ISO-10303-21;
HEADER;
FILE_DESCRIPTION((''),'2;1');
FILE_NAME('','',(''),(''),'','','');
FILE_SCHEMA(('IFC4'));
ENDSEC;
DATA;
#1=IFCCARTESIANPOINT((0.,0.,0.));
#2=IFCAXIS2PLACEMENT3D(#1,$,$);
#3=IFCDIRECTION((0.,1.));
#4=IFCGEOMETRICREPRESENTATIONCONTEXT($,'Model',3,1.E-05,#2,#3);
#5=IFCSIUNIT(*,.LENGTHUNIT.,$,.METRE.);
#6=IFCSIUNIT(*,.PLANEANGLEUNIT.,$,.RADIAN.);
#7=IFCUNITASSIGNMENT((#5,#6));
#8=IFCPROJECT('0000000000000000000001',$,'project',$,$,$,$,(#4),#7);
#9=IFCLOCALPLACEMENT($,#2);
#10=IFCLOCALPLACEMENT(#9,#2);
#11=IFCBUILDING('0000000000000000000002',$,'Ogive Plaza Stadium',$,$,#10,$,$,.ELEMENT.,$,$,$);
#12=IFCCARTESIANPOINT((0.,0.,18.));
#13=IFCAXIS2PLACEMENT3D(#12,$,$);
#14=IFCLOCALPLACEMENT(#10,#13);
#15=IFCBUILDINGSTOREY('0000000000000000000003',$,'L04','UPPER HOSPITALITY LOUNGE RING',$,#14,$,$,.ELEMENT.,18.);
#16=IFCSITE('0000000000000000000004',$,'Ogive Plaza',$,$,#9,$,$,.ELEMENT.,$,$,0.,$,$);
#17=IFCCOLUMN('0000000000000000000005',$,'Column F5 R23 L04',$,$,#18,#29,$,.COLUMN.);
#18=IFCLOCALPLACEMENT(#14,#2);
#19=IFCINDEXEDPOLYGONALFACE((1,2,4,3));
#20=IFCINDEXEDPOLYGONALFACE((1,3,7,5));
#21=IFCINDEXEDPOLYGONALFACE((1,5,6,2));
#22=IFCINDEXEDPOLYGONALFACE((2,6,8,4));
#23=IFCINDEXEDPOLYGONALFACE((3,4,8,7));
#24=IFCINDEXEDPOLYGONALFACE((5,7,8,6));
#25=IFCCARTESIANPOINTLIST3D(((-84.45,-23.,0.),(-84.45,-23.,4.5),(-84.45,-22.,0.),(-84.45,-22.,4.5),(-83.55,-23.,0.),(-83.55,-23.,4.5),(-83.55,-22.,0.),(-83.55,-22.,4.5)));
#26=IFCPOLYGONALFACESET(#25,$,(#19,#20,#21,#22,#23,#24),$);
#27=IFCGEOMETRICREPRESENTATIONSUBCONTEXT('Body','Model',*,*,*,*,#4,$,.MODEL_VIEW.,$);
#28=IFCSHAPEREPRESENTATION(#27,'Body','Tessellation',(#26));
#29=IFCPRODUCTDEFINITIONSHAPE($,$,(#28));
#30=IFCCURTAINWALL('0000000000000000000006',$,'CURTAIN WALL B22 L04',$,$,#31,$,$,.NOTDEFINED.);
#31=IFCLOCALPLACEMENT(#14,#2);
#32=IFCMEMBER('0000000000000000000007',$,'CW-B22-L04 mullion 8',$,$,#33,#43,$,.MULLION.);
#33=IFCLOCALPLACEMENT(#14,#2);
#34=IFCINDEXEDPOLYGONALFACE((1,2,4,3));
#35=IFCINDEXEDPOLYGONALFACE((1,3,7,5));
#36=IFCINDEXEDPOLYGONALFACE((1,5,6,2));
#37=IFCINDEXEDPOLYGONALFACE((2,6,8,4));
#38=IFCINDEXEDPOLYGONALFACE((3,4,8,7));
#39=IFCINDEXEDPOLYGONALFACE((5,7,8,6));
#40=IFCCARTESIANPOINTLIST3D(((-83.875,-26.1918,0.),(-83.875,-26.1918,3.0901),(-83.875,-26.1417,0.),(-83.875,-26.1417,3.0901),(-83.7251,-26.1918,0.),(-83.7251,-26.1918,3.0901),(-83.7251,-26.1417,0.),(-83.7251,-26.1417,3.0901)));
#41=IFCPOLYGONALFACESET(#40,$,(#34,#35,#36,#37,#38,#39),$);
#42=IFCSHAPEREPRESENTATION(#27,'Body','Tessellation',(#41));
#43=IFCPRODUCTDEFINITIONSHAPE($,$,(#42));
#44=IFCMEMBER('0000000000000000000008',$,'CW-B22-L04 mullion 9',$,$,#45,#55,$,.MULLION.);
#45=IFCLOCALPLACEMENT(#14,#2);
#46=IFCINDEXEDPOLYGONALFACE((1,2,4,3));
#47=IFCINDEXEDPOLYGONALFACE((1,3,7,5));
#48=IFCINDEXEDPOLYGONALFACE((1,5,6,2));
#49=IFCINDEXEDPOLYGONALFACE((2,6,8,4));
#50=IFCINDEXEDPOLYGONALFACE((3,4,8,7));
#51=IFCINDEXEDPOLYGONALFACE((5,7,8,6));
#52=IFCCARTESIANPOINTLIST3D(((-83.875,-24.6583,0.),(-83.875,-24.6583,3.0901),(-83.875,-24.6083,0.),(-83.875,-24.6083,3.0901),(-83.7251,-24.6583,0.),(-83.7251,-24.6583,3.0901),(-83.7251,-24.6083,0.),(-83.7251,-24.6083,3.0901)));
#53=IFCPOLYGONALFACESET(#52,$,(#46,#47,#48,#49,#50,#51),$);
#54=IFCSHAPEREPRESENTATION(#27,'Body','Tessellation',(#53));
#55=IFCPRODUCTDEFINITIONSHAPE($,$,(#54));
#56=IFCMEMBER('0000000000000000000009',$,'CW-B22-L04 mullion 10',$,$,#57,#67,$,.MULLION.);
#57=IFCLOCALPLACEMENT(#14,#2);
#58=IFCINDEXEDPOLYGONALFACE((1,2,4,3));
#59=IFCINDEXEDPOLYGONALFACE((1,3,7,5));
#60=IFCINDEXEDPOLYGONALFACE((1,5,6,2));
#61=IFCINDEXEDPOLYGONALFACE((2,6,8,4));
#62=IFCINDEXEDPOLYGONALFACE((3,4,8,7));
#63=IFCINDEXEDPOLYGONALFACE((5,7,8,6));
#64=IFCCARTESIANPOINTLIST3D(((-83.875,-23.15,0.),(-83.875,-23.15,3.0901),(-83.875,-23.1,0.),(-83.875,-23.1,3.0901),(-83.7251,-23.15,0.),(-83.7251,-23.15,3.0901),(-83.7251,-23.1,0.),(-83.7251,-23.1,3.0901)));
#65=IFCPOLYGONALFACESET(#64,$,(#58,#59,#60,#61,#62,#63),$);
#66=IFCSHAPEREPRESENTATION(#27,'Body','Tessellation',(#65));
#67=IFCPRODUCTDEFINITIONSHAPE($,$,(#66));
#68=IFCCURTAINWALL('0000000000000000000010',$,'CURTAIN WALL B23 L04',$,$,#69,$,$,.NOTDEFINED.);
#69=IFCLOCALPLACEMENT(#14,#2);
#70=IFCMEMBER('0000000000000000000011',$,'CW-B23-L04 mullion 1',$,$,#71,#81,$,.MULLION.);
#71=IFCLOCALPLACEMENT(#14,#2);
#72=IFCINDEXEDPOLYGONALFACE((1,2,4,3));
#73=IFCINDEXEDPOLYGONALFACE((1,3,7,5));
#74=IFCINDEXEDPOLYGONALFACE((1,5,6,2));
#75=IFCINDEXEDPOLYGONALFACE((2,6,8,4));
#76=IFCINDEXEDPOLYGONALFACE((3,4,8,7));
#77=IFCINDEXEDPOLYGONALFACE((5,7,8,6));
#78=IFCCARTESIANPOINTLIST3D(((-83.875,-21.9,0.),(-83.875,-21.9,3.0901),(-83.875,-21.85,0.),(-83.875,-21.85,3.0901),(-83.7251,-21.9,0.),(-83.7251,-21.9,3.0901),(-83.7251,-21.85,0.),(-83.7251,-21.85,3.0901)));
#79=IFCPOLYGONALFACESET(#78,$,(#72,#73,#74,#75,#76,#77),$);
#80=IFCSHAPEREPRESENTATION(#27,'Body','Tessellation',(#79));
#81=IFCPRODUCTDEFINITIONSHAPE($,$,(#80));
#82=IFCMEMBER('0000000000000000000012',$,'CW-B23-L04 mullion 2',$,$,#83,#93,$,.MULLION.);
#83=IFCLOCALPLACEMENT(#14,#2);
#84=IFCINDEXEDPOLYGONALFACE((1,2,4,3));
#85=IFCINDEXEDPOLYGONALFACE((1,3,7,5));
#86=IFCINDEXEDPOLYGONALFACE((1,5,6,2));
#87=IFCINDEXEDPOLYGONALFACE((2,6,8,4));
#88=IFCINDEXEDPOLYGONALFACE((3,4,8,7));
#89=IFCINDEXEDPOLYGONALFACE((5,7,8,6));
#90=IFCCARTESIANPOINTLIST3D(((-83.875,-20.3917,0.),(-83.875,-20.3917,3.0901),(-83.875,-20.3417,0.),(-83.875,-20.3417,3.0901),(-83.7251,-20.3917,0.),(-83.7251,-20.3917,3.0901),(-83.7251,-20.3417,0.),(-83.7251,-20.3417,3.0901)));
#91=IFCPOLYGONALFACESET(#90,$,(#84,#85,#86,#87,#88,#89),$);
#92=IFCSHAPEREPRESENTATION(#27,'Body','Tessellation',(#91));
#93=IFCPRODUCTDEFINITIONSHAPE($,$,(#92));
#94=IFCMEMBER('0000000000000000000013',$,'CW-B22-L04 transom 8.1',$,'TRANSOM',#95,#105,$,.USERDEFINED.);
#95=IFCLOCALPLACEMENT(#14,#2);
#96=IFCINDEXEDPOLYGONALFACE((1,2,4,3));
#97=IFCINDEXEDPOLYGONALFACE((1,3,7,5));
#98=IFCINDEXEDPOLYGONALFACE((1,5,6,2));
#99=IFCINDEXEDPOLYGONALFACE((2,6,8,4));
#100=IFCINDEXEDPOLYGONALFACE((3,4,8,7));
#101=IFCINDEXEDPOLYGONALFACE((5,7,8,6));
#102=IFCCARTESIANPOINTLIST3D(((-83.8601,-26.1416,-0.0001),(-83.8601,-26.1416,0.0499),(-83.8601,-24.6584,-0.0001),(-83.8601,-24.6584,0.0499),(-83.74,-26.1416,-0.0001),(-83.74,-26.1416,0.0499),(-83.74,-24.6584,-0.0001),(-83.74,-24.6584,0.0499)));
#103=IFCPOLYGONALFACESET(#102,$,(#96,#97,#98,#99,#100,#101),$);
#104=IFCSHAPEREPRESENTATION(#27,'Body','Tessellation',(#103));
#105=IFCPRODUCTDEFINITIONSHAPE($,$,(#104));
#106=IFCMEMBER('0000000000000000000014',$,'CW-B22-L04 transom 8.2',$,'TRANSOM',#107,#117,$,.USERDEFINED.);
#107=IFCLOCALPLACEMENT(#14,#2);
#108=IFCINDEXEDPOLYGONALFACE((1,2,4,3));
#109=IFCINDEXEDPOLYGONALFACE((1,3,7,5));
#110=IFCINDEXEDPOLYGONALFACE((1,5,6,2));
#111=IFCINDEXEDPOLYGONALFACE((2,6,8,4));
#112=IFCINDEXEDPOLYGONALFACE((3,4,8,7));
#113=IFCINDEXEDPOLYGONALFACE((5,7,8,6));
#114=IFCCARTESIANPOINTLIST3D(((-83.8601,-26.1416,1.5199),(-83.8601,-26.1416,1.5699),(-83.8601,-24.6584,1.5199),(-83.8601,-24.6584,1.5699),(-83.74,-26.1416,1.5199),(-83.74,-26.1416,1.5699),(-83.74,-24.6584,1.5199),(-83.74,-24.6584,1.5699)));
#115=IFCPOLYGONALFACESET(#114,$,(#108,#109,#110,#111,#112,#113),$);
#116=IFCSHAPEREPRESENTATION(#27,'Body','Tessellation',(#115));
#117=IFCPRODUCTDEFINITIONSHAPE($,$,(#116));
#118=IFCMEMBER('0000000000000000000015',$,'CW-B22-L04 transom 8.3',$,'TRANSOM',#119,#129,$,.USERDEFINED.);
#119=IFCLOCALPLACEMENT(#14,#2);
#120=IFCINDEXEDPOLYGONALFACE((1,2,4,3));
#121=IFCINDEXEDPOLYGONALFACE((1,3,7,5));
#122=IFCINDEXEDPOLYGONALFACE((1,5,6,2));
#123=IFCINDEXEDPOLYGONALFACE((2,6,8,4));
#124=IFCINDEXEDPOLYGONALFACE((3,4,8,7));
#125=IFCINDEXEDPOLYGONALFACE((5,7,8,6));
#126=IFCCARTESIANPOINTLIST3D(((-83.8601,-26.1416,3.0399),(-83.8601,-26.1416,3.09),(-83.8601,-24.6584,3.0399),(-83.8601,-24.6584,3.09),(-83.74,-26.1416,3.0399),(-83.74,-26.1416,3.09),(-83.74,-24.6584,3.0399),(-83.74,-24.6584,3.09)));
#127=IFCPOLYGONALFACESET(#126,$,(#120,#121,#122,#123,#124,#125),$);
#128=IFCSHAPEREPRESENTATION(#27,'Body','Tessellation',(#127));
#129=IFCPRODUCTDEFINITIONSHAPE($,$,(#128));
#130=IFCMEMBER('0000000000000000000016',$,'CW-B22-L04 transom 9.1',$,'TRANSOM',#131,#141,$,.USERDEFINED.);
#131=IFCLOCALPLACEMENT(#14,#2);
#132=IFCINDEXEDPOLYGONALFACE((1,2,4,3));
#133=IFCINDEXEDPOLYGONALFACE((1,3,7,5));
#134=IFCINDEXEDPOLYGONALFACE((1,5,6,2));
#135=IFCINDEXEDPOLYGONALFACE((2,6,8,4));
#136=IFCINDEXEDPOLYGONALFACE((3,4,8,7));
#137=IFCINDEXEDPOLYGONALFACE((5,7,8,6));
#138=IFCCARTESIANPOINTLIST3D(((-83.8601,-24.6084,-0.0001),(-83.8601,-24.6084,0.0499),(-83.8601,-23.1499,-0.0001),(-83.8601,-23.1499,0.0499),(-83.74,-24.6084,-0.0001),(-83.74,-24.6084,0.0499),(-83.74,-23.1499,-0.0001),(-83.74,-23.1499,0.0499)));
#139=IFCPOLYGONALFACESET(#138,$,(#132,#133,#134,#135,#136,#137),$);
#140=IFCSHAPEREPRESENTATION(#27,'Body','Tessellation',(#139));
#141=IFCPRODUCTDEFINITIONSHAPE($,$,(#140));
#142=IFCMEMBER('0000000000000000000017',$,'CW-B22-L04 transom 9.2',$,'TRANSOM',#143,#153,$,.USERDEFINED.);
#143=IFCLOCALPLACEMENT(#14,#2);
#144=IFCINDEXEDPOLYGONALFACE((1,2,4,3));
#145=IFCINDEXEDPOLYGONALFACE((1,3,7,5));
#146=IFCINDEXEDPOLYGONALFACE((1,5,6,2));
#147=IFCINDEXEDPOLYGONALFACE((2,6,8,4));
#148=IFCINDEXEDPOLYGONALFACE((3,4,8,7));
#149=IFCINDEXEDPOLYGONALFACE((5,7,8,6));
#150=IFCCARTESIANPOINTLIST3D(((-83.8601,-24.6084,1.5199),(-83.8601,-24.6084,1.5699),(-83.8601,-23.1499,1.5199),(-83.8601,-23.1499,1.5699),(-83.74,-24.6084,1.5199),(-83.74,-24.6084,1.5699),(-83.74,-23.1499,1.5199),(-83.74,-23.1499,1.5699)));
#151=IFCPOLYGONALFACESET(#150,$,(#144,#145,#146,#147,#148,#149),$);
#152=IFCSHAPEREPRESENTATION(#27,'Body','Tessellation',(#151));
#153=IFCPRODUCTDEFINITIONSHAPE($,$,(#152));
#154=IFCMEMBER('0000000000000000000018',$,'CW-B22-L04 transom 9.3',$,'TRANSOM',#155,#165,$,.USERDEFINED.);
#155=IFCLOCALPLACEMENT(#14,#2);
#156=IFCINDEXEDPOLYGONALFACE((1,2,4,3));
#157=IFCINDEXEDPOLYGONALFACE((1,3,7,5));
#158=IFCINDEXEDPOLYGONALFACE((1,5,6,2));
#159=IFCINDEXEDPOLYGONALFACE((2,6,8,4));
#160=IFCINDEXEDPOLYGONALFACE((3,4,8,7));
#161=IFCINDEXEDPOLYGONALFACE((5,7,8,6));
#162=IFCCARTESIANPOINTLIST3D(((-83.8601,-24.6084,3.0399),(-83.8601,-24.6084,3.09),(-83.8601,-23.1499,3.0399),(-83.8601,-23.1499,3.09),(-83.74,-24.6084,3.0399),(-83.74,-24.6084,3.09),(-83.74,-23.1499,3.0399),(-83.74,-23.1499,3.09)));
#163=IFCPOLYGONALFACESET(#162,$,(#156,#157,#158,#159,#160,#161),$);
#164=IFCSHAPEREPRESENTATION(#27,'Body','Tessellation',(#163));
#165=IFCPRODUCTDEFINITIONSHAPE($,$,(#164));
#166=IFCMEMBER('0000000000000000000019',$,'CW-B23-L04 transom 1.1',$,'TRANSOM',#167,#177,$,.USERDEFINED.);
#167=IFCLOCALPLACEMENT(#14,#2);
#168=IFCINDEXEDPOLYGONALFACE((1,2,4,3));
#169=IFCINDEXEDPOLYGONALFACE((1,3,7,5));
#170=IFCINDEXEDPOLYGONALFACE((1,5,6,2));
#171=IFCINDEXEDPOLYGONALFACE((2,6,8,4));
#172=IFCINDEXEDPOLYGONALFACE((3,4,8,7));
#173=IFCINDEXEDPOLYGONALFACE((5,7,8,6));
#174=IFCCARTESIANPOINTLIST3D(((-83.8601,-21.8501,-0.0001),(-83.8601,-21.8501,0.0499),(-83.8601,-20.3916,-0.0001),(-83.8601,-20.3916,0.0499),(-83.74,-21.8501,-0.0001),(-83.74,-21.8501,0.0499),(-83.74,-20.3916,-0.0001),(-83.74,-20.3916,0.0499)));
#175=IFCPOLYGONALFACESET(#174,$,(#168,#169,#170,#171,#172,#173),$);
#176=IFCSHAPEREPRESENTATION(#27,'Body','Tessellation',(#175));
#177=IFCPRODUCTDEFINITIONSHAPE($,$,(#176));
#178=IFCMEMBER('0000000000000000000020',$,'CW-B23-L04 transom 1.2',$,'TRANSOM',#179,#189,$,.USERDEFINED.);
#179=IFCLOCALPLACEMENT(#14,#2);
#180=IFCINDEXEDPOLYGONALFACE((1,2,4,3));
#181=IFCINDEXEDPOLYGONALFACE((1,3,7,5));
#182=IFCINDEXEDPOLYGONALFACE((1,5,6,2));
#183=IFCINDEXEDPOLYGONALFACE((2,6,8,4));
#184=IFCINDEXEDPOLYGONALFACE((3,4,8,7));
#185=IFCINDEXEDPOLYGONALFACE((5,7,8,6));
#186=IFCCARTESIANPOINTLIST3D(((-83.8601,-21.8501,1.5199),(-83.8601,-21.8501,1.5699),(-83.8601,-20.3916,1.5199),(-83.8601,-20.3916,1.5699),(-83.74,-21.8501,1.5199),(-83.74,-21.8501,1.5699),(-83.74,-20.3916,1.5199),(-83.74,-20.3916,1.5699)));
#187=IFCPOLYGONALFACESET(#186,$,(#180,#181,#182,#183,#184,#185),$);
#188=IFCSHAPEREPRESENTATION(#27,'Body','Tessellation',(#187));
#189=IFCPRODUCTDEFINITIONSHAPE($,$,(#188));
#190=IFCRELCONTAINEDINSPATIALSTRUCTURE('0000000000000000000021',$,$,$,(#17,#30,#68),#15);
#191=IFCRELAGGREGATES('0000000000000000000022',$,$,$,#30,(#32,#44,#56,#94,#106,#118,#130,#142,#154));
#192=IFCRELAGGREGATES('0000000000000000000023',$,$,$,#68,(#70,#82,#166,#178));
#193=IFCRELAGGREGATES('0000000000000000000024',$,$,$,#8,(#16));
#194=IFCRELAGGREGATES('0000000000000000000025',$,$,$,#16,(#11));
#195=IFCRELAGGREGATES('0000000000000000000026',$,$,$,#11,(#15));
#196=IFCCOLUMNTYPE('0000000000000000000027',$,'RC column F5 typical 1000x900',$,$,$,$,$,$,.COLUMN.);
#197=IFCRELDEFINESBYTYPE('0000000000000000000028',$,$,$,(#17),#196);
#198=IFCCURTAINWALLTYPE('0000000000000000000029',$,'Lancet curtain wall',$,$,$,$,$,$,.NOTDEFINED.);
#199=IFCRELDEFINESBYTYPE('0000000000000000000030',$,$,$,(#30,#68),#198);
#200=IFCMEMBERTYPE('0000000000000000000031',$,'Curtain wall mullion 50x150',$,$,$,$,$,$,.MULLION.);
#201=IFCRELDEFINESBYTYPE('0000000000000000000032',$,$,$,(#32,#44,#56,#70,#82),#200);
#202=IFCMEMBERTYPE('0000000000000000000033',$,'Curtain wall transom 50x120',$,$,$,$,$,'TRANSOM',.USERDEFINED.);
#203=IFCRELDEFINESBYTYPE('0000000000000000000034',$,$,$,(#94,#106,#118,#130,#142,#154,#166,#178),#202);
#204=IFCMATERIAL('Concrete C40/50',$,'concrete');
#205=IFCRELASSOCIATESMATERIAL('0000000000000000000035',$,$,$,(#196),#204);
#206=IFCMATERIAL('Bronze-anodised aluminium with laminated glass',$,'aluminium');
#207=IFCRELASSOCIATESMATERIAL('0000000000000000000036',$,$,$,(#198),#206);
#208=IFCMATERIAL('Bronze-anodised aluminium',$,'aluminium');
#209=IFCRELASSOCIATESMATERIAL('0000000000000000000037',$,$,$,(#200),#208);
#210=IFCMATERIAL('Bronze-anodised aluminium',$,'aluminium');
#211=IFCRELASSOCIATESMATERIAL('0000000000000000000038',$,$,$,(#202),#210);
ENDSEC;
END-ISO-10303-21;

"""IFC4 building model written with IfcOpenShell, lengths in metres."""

from ifc_helpers import new_model, si_unit, direction, frame, origin, origin_2d, place, context, subcontext, project, spatial, rectangle, extrude, material, material_profile, profile_set, type_object, element, aggregate, save


model = new_model("IFC4")

# Units and contexts
model_context = context("Model", 3, precision=1e-05, world=origin(), true_north=direction((0.0, 1.0)))
body_context = subcontext(model_context, "Body", "Model", "MODEL_VIEW")
ifc_project = project(units=[si_unit("LENGTHUNIT", "METRE"), si_unit("PLANEANGLEUNIT", "RADIAN")], contexts=[model_context])

# Site, building, storey
site_placement = place(None, origin())
site = spatial("IfcSite", under=ifc_project, at=site_placement, Name="Ogive Plaza", CompositionType="ELEMENT", RefElevation=0.0)
building_placement = place(site_placement, origin())
building = spatial("IfcBuilding", under=site, at=building_placement, Name="Ogive Plaza Stadium", CompositionType="ELEMENT")
storey_placement = place(building_placement, frame((0.0, 0.0, 18.0)))
storey = spatial("IfcBuildingStorey", under=building, at=storey_placement, Name="L04", Description="UPPER HOSPITALITY LOUNGE RING", CompositionType="ELEMENT", Elevation=18.0)

# Column
ifc_material_1 = material(Name="Concrete C40/50", Category="concrete")
ifc_material_profile_1 = material_profile(ifc_material_1, rectangle(XDim=1.0, YDim=0.8999, at=origin_2d()), Name="RC 1000x900")
ifc_profile_set_1 = profile_set([ifc_material_profile_1], Name="Concrete C40/50")
column_type = type_object("IfcColumnType", Name="RC column F5 typical 1000x900", PredefinedType="COLUMN", material=ifc_profile_set_1)
column_placement = place(storey_placement, frame((-84.0, -22.5, 0.0), z_axis=(0.0, 0.0, 1.0), x_axis=(0.0, -1.0, 0.0)))
element("IfcColumn", 1, at=column_placement, inside=storey, type_object=column_type, Name="Column F5 R23 L04", PredefinedType="COLUMN", context=body_context, shape_type="SweptSolid", body=[
    extrude(rectangle(XDim=1.0, YDim=0.8999, at=origin_2d()), origin(), (0.0, 0.0, 1.0), 4.5),
])

# Curtain walls, members
ifc_material_2 = material(Name="Bronze-anodised aluminium with laminated glass", Category="aluminium")
curtain_wall_type = type_object("IfcCurtainWallType", Name="Lancet curtain wall", PredefinedType="NOTDEFINED", material=ifc_material_2)
curtain_wall_1_placement = place(storey_placement, origin())
curtain_wall_1 = element("IfcCurtainWall", 2, at=curtain_wall_1_placement, inside=storey, type_object=curtain_wall_type, Name="CURTAIN WALL B22 L04", PredefinedType="NOTDEFINED")
ifc_material_3 = material(Name="Bronze-anodised aluminium", Category="aluminium")
ifc_material_profile_2 = material_profile(ifc_material_3, rectangle(XDim=0.1499, YDim=0.05, at=origin_2d()), Name="AL 150x50")
ifc_profile_set_2 = profile_set([ifc_material_profile_2], Name="Bronze-anodised aluminium")
member_type_1 = type_object("IfcMemberType", Name="Curtain wall mullion 50x150", PredefinedType="MULLION", material=ifc_profile_set_2)
member_1_placement = place(storey_placement, frame((-83.8, -26.1667, 0.0), z_axis=(0.0, 0.0, 1.0), x_axis=(-1.0, 0.0, 0.0)))
member_1 = element("IfcMember", 3, at=member_1_placement, type_object=member_type_1, Name="CW-B22-L04 mullion 8", PredefinedType="MULLION", context=body_context, shape_type="SweptSolid", body=[
    extrude(rectangle(XDim=0.1499, YDim=0.05, at=origin_2d()), origin(), (0.0, 0.0, 1.0), 3.0901),
])
member_2_placement = place(storey_placement, frame((-83.8, -24.6333, 0.0), z_axis=(0.0, 0.0, 1.0), x_axis=(-1.0, 0.0, 0.0)))
member_2 = element("IfcMember", 4, at=member_2_placement, type_object=member_type_1, Name="CW-B22-L04 mullion 9", PredefinedType="MULLION", context=body_context, shape_type="SweptSolid", body=[
    extrude(rectangle(XDim=0.1499, YDim=0.05, at=origin_2d()), origin(), (0.0, 0.0, 1.0), 3.0901),
])
member_3_placement = place(storey_placement, frame((-83.8, -23.125, 0.0), z_axis=(0.0, 0.0, 1.0), x_axis=(-1.0, 0.0, 0.0)))
member_3 = element("IfcMember", 5, at=member_3_placement, type_object=member_type_1, Name="CW-B22-L04 mullion 10", PredefinedType="MULLION", context=body_context, shape_type="SweptSolid", body=[
    extrude(rectangle(XDim=0.1499, YDim=0.05, at=origin_2d()), origin(), (0.0, 0.0, 1.0), 3.0901),
])
curtain_wall_2_placement = place(storey_placement, origin())
curtain_wall_2 = element("IfcCurtainWall", 6, at=curtain_wall_2_placement, inside=storey, type_object=curtain_wall_type, Name="CURTAIN WALL B23 L04", PredefinedType="NOTDEFINED")
member_4_placement = place(storey_placement, frame((-83.8, -21.875, 0.0), z_axis=(0.0, 0.0, 1.0), x_axis=(-1.0, 0.0, 0.0)))
member_4 = element("IfcMember", 7, at=member_4_placement, type_object=member_type_1, Name="CW-B23-L04 mullion 1", PredefinedType="MULLION", context=body_context, shape_type="SweptSolid", body=[
    extrude(rectangle(XDim=0.1499, YDim=0.05, at=origin_2d()), origin(), (0.0, 0.0, 1.0), 3.0901),
])
member_5_placement = place(storey_placement, frame((-83.8, -20.3667, 0.0), z_axis=(0.0, 0.0, 1.0), x_axis=(-1.0, 0.0, 0.0)))
member_5 = element("IfcMember", 8, at=member_5_placement, type_object=member_type_1, Name="CW-B23-L04 mullion 2", PredefinedType="MULLION", context=body_context, shape_type="SweptSolid", body=[
    extrude(rectangle(XDim=0.1499, YDim=0.05, at=origin_2d()), origin(), (0.0, 0.0, 1.0), 3.0901),
])

# Members
ifc_material_4 = material(Name="Bronze-anodised aluminium", Category="aluminium")
ifc_material_profile_3 = material_profile(ifc_material_4, rectangle(XDim=0.1201, YDim=0.05, at=origin_2d()), Name="AL 120x50")
ifc_profile_set_3 = profile_set([ifc_material_profile_3], Name="Bronze-anodised aluminium")
member_type_2 = type_object("IfcMemberType", Name="Curtain wall transom 50x120", ElementType="TRANSOM", PredefinedType="USERDEFINED", material=ifc_profile_set_3)
member_6_placement = place(storey_placement, frame((-83.8, -26.1416, 0.0249), z_axis=(0.0, 1.0, 0.0), x_axis=(-1.0, 0.0, 0.0)))
member_6 = element("IfcMember", 9, at=member_6_placement, type_object=member_type_2, Name="CW-B22-L04 transom 8.1", ObjectType="TRANSOM", PredefinedType="USERDEFINED", context=body_context, shape_type="SweptSolid", body=[
    extrude(rectangle(XDim=0.1201, YDim=0.05, at=origin_2d()), origin(), (0.0, 0.0, 1.0), 1.4832),
])
member_7_placement = place(storey_placement, frame((-83.8, -26.1416, 1.5449), z_axis=(0.0, 1.0, 0.0), x_axis=(-1.0, 0.0, 0.0)))
member_7 = element("IfcMember", 10, at=member_7_placement, type_object=member_type_2, Name="CW-B22-L04 transom 8.2", ObjectType="TRANSOM", PredefinedType="USERDEFINED", context=body_context, shape_type="SweptSolid", body=[
    extrude(rectangle(XDim=0.1201, YDim=0.05, at=origin_2d()), origin(), (0.0, 0.0, 1.0), 1.4832),
])
member_8_placement = place(storey_placement, frame((-83.8, -26.1416, 3.0649), z_axis=(0.0, 1.0, 0.0), x_axis=(-1.0, 0.0, 0.0)))
member_8 = element("IfcMember", 11, at=member_8_placement, type_object=member_type_2, Name="CW-B22-L04 transom 8.3", ObjectType="TRANSOM", PredefinedType="USERDEFINED", context=body_context, shape_type="SweptSolid", body=[
    extrude(rectangle(XDim=0.1201, YDim=0.05, at=origin_2d()), origin(), (0.0, 0.0, 1.0), 1.4832),
])
member_9_placement = place(storey_placement, frame((-83.8, -24.6084, 0.0249), z_axis=(0.0, 1.0, 0.0), x_axis=(-1.0, 0.0, 0.0)))
member_9 = element("IfcMember", 12, at=member_9_placement, type_object=member_type_2, Name="CW-B22-L04 transom 9.1", ObjectType="TRANSOM", PredefinedType="USERDEFINED", context=body_context, shape_type="SweptSolid", body=[
    extrude(rectangle(XDim=0.1201, YDim=0.05, at=origin_2d()), origin(), (0.0, 0.0, 1.0), 1.4585),
])
member_10_placement = place(storey_placement, frame((-83.8, -24.6084, 1.5449), z_axis=(0.0, 1.0, 0.0), x_axis=(-1.0, 0.0, 0.0)))
member_10 = element("IfcMember", 13, at=member_10_placement, type_object=member_type_2, Name="CW-B22-L04 transom 9.2", ObjectType="TRANSOM", PredefinedType="USERDEFINED", context=body_context, shape_type="SweptSolid", body=[
    extrude(rectangle(XDim=0.1201, YDim=0.05, at=origin_2d()), origin(), (0.0, 0.0, 1.0), 1.4585),
])
member_11_placement = place(storey_placement, frame((-83.8, -24.6084, 3.0649), z_axis=(0.0, 1.0, 0.0), x_axis=(-1.0, 0.0, 0.0)))
member_11 = element("IfcMember", 14, at=member_11_placement, type_object=member_type_2, Name="CW-B22-L04 transom 9.3", ObjectType="TRANSOM", PredefinedType="USERDEFINED", context=body_context, shape_type="SweptSolid", body=[
    extrude(rectangle(XDim=0.1201, YDim=0.05, at=origin_2d()), origin(), (0.0, 0.0, 1.0), 1.4585),
])
member_12_placement = place(storey_placement, frame((-83.8, -21.8501, 0.0249), z_axis=(0.0, 1.0, 0.0), x_axis=(-1.0, 0.0, 0.0)))
member_12 = element("IfcMember", 15, at=member_12_placement, type_object=member_type_2, Name="CW-B23-L04 transom 1.1", ObjectType="TRANSOM", PredefinedType="USERDEFINED", context=body_context, shape_type="SweptSolid", body=[
    extrude(rectangle(XDim=0.1201, YDim=0.05, at=origin_2d()), origin(), (0.0, 0.0, 1.0), 1.4585),
])
member_13_placement = place(storey_placement, frame((-83.8, -21.8501, 1.5449), z_axis=(0.0, 1.0, 0.0), x_axis=(-1.0, 0.0, 0.0)))
member_13 = element("IfcMember", 16, at=member_13_placement, type_object=member_type_2, Name="CW-B23-L04 transom 1.2", ObjectType="TRANSOM", PredefinedType="USERDEFINED", context=body_context, shape_type="SweptSolid", body=[
    extrude(rectangle(XDim=0.1201, YDim=0.05, at=origin_2d()), origin(), (0.0, 0.0, 1.0), 1.4585),
])

aggregate(curtain_wall_1, [member_1, member_2, member_3, member_6, member_7, member_8, member_9, member_10, member_11])
aggregate(curtain_wall_2, [member_4, member_5, member_12, member_13])

save(model, "model.ifc")
